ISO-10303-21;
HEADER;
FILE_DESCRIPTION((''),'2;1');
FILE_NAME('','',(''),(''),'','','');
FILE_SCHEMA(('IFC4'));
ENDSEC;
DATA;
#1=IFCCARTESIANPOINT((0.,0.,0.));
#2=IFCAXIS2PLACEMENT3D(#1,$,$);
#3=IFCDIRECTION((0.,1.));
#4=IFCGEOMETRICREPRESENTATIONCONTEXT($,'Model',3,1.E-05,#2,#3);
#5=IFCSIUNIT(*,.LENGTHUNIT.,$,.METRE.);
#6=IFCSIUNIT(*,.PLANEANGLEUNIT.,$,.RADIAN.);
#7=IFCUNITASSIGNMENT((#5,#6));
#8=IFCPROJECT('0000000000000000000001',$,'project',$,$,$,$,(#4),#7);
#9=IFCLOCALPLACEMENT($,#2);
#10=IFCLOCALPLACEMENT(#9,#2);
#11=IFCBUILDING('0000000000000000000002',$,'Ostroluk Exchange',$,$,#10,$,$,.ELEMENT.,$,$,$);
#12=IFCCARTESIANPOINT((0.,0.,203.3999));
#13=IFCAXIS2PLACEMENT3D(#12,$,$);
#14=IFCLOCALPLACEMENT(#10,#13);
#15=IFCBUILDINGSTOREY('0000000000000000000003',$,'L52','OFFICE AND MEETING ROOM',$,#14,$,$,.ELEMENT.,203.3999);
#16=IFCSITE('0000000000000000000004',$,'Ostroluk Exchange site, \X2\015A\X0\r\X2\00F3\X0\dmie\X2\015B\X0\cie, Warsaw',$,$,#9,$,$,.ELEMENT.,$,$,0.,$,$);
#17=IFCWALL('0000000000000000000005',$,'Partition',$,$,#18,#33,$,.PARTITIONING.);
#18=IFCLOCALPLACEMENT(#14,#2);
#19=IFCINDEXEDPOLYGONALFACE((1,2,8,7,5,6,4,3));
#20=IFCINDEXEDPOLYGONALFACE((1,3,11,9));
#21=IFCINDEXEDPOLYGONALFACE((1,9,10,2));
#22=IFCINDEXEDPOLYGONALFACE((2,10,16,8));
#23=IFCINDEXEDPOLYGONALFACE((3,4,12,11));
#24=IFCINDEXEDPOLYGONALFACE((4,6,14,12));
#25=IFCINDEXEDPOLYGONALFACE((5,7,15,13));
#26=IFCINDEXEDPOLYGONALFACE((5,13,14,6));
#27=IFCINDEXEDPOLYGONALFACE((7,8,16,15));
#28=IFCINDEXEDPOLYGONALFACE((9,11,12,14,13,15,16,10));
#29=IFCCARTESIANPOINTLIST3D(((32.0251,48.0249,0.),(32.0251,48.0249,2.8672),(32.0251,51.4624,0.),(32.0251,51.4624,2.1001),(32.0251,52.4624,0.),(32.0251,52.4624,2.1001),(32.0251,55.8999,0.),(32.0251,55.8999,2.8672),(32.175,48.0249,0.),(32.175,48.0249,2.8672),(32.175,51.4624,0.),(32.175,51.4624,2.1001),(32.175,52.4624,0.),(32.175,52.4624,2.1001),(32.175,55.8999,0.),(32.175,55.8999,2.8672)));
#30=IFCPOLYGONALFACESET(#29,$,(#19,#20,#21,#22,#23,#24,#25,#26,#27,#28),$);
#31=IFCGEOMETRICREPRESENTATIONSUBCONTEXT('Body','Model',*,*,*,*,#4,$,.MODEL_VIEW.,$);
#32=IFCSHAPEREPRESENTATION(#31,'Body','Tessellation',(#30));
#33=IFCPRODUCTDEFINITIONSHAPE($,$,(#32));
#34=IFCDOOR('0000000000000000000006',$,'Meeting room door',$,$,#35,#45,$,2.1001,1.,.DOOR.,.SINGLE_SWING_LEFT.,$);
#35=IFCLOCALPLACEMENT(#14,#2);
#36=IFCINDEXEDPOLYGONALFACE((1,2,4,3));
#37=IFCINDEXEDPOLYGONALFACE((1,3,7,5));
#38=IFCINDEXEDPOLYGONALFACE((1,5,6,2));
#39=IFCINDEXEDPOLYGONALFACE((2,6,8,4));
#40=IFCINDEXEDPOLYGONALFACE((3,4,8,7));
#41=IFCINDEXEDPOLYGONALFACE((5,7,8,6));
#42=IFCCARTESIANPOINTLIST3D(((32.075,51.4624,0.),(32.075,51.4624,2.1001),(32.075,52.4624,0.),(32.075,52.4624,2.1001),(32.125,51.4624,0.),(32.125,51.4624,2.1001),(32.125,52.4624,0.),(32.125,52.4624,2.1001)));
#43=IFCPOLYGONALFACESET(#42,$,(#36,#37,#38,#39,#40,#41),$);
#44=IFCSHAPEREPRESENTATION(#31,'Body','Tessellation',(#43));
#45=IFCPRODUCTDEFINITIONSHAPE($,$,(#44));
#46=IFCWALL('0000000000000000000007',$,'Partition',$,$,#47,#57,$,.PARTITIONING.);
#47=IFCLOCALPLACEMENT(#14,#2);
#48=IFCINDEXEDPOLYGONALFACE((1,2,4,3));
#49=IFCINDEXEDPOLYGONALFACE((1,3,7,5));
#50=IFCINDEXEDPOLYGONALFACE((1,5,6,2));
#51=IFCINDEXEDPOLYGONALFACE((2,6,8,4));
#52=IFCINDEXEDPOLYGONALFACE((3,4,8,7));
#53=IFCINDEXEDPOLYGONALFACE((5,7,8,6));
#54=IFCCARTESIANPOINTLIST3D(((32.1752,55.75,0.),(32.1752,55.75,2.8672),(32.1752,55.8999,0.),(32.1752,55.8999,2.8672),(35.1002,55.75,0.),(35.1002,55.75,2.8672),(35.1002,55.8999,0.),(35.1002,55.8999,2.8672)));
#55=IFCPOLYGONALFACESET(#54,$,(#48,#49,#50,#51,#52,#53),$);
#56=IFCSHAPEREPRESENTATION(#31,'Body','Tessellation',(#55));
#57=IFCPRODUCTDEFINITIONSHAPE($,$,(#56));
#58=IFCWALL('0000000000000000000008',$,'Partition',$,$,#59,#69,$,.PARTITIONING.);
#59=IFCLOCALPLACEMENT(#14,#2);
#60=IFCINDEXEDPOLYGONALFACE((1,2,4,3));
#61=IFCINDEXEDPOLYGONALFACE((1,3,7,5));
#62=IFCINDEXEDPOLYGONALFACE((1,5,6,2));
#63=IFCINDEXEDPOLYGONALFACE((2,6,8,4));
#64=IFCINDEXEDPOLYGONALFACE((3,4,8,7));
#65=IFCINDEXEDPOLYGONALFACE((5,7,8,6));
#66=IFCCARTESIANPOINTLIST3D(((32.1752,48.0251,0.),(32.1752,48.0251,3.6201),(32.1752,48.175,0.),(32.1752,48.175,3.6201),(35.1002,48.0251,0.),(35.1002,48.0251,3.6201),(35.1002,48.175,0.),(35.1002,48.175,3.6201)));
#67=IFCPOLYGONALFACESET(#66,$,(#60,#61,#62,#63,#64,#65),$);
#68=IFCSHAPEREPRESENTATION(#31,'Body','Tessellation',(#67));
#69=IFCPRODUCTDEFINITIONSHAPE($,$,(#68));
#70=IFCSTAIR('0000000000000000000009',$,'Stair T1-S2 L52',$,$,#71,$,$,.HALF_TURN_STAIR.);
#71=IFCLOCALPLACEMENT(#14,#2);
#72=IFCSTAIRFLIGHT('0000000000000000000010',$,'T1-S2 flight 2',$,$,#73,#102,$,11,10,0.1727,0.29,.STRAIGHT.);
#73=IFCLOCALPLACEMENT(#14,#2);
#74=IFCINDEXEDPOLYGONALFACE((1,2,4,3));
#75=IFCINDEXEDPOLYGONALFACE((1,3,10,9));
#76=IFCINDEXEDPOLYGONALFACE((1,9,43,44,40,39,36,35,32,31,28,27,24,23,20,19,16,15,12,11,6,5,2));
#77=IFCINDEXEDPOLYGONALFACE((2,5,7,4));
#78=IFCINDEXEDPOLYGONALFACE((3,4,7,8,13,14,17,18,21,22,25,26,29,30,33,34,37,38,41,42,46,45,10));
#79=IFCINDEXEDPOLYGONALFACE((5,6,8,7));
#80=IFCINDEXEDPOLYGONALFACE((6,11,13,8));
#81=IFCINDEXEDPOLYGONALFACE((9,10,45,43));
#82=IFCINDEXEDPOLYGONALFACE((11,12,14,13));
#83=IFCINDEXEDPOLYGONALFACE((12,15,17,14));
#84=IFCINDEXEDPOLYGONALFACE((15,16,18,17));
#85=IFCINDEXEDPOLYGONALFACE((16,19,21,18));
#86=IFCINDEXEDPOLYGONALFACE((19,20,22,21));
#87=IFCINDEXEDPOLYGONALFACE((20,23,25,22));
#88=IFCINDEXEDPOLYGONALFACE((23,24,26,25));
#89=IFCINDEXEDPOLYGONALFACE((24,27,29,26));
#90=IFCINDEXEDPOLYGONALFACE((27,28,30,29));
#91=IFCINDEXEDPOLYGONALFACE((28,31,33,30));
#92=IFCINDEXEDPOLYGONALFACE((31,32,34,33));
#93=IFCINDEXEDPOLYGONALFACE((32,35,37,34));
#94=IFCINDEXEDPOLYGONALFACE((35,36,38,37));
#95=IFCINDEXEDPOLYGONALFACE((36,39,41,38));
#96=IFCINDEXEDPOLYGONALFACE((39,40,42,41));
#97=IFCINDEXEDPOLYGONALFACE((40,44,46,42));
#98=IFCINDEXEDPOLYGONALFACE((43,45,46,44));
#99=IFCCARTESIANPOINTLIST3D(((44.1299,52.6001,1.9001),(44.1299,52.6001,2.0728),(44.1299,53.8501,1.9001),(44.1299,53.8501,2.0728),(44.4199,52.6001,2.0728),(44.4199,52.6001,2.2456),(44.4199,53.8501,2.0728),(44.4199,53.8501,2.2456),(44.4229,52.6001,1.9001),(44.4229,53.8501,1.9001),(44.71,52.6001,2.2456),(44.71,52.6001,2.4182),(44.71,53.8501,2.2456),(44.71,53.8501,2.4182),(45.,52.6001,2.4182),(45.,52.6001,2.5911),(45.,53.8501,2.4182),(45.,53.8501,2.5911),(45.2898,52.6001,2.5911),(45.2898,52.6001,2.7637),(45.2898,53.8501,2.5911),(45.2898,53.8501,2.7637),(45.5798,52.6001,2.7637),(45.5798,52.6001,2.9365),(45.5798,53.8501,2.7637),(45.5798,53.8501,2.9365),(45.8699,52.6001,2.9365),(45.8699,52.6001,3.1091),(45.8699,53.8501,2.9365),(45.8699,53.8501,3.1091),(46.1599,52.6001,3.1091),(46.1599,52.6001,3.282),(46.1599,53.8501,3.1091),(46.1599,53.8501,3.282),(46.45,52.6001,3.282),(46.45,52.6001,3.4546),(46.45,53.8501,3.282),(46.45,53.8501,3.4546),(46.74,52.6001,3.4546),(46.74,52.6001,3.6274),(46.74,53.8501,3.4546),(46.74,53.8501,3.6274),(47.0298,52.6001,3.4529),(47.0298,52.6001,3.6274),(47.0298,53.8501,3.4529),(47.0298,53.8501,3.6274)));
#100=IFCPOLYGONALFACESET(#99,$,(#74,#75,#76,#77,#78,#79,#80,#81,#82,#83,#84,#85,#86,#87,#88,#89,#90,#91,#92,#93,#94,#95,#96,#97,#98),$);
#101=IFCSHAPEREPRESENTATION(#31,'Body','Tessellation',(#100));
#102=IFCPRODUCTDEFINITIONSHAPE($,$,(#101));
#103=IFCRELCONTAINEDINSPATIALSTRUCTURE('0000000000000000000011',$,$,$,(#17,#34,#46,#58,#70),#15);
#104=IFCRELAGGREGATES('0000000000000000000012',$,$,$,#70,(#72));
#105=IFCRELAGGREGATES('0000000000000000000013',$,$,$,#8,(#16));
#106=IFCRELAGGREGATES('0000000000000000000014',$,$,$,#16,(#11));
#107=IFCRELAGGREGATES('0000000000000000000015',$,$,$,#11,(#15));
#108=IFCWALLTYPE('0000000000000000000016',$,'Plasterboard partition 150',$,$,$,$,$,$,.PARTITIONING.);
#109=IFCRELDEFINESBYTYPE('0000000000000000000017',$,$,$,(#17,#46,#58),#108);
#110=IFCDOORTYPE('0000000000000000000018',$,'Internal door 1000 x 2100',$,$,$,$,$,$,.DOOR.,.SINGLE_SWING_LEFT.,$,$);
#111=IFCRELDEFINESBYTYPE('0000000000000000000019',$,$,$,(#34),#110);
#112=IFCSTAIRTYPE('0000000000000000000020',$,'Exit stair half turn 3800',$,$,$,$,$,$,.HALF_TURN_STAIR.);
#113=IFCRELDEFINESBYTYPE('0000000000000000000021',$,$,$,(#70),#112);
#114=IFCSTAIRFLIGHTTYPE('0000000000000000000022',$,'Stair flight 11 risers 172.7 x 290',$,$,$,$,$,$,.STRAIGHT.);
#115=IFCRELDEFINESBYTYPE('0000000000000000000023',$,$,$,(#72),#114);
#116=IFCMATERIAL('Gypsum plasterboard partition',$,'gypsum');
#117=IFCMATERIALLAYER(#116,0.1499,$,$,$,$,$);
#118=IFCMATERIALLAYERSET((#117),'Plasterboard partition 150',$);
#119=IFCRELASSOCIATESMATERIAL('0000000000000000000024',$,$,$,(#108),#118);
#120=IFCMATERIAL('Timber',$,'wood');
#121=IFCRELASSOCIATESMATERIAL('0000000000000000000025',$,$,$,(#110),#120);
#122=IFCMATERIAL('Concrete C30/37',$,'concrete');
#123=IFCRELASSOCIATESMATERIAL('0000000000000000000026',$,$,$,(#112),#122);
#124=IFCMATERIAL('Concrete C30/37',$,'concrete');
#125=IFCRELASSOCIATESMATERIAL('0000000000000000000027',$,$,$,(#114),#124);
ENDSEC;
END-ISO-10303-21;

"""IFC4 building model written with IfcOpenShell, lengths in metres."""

from ifc_helpers import new_model, si_unit, direction, frame, frame_2d, origin, place, context, subcontext, project, spatial, polyline, rectangle, outline, extrude, material, layer, layer_set, type_object, element, fill, aggregate, save


model = new_model("IFC4")

# Units and contexts
model_context = context("Model", 3, precision=1e-05, world=origin(), true_north=direction((0.0, 1.0)))
body_context = subcontext(model_context, "Body", "Model", "MODEL_VIEW")
ifc_project = project(units=[si_unit("LENGTHUNIT", "METRE"), si_unit("PLANEANGLEUNIT", "RADIAN")], contexts=[model_context])

# Site, building, storey
site_placement = place(None, origin())
site = spatial("IfcSite", under=ifc_project, at=site_placement, Name="Ostroluk Exchange site, Śródmieście, Warsaw", CompositionType="ELEMENT", RefElevation=0.0)
building_placement = place(site_placement, origin())
building = spatial("IfcBuilding", under=site, at=building_placement, Name="Ostroluk Exchange", CompositionType="ELEMENT")
storey_placement = place(building_placement, frame((0.0, 0.0, 203.3999)))
storey = spatial("IfcBuildingStorey", under=building, at=storey_placement, Name="L52", Description="OFFICE AND MEETING ROOM", CompositionType="ELEMENT", Elevation=203.3999)

# Wall, opening, door
ifc_material_1 = material(Name="Gypsum plasterboard partition", Category="gypsum")
ifc_layer_1 = layer(ifc_material_1, 0.1499)
ifc_layer_set_1 = layer_set([ifc_layer_1], Name="Plasterboard partition 150")
wall_type_1 = type_object("IfcWallType", Name="Plasterboard partition 150", PredefinedType="PARTITIONING", material=ifc_layer_set_1)
wall_1_placement = place(storey_placement, frame((32.1001, 55.8999, 0.0), z_axis=(0.0, 0.0, 1.0), x_axis=(0.0, -1.0, 0.0)))
wall_1 = element("IfcWall", 1, at=wall_1_placement, inside=storey, type_object=wall_type_1, Name="Partition", PredefinedType="PARTITIONING", context=body_context, shape_type="SweptSolid", body=[
    extrude(rectangle(XDim=7.875, YDim=0.1499, at=frame_2d((3.9375, 0.0))), origin(), (0.0, 0.0, 1.0), 2.8672),
])
opening_1_placement = place(wall_1_placement, frame((3.4375, 0.0, 0.0)))
opening_1 = element("IfcOpeningElement", 2, at=opening_1_placement, cuts=wall_1, PredefinedType="OPENING", context=body_context, shape_type="SweptSolid", body=[
    extrude(rectangle(XDim=1.0, YDim=2.1001, at=frame_2d((0.5, 1.05))), frame((0.0, 0.085, 0.0), z_axis=(0.0, -1.0, 0.0), x_axis=(1.0, 0.0, 0.0)), (0.0, 0.0, 1.0), 0.1699),
])
ifc_material_2 = material(Name="Timber", Category="wood")
door_type_1 = type_object("IfcDoorType", Name="Internal door 1000 x 2100", OperationType="SINGLE_SWING_LEFT", PredefinedType="DOOR", material=ifc_material_2)
door_1_placement = place(opening_1_placement, origin())
door_1 = element("IfcDoor", 3, at=door_1_placement, inside=storey, type_object=door_type_1, Name="Meeting room door", OperationType="SINGLE_SWING_LEFT", OverallHeight=2.1001, OverallWidth=1.0, PredefinedType="DOOR", context=body_context, shape_type="SweptSolid", body=[
    extrude(rectangle(XDim=1.0, YDim=2.1001, at=frame_2d((0.5, 1.05))), frame((0.0, 0.0249, 0.0), z_axis=(0.0, -1.0, 0.0), x_axis=(1.0, 0.0, 0.0)), (0.0, 0.0, 1.0), 0.05),
])
fill(opening_1, door_1)

# Walls
wall_2_placement = place(storey_placement, frame((35.1001, 55.825, 0.0), z_axis=(0.0, 0.0, 1.0), x_axis=(-1.0, 0.0, 0.0)))
element("IfcWall", 4, at=wall_2_placement, inside=storey, type_object=wall_type_1, Name="Partition", PredefinedType="PARTITIONING", context=body_context, shape_type="SweptSolid", body=[
    extrude(rectangle(XDim=2.925, YDim=0.1499, at=frame_2d((1.4624, 0.0))), origin(), (0.0, 0.0, 1.0), 2.8672),
])
wall_3_placement = place(storey_placement, frame((35.1001, 48.1001, 0.0), z_axis=(0.0, 0.0, 1.0), x_axis=(-1.0, 0.0, 0.0)))
element("IfcWall", 5, at=wall_3_placement, inside=storey, type_object=wall_type_1, Name="Partition", PredefinedType="PARTITIONING", context=body_context, shape_type="SweptSolid", body=[
    extrude(rectangle(XDim=2.925, YDim=0.1499, at=frame_2d((1.4624, 0.0))), origin(), (0.0, 0.0, 1.0), 3.6201),
])

# Stair, stair flight
ifc_material_3 = material(Name="Concrete C30/37", Category="concrete")
stair_type = type_object("IfcStairType", Name="Exit stair half turn 3800", PredefinedType="HALF_TURN_STAIR", material=ifc_material_3)
stair_placement = place(storey_placement, origin())
stair = element("IfcStair", 6, at=stair_placement, inside=storey, type_object=stair_type, Name="Stair T1-S2 L52", PredefinedType="HALF_TURN_STAIR")
ifc_material_4 = material(Name="Concrete C30/37", Category="concrete")
stair_flight_type = type_object("IfcStairFlightType", Name="Stair flight 11 risers 172.7 x 290", PredefinedType="STRAIGHT", material=ifc_material_4)
stair_flight_placement = place(storey_placement, frame((44.1299, 53.2251, 1.9001), z_axis=(0.0, 0.0, 1.0), x_axis=(1.0, 0.0, 0.0)))
stair_flight = element("IfcStairFlight", 7, at=stair_flight_placement, type_object=stair_flight_type, Name="T1-S2 flight 2", NumberOfRisers=11, NumberOfTreads=10, PredefinedType="STRAIGHT", RiserHeight=0.1727, TreadLength=0.29, context=body_context, shape_type="SweptSolid", body=[
    extrude(outline(polyline([(0.0, 0.0), (0.0, 0.1726), (0.29, 0.1726), (0.29, 0.3455), (0.5801, 0.3455), (0.5801, 0.5181), (0.8701, 0.5181), (0.8701, 0.6909), (1.1599, 0.6909), (1.1599, 0.8635), (1.45, 0.8635), (1.45, 1.0364), (1.74, 1.0364), (1.74, 1.209), (2.03, 1.209), (2.03, 1.3818), (2.3201, 1.3818), (2.3201, 1.5544), (2.6101, 1.5544), (2.6101, 1.7273), (2.8999, 1.7273), (2.8999, 1.8999), (2.8999, 1.5527), (0.293, 0.0), (0.0, 0.0)])), frame((0.0, 0.625, 0.0), z_axis=(0.0, -1.0, 0.0), x_axis=(1.0, 0.0, 0.0)), (0.0, 0.0, 1.0), 1.25),
])
aggregate(stair, [stair_flight])

save(model, "model.ifc")
